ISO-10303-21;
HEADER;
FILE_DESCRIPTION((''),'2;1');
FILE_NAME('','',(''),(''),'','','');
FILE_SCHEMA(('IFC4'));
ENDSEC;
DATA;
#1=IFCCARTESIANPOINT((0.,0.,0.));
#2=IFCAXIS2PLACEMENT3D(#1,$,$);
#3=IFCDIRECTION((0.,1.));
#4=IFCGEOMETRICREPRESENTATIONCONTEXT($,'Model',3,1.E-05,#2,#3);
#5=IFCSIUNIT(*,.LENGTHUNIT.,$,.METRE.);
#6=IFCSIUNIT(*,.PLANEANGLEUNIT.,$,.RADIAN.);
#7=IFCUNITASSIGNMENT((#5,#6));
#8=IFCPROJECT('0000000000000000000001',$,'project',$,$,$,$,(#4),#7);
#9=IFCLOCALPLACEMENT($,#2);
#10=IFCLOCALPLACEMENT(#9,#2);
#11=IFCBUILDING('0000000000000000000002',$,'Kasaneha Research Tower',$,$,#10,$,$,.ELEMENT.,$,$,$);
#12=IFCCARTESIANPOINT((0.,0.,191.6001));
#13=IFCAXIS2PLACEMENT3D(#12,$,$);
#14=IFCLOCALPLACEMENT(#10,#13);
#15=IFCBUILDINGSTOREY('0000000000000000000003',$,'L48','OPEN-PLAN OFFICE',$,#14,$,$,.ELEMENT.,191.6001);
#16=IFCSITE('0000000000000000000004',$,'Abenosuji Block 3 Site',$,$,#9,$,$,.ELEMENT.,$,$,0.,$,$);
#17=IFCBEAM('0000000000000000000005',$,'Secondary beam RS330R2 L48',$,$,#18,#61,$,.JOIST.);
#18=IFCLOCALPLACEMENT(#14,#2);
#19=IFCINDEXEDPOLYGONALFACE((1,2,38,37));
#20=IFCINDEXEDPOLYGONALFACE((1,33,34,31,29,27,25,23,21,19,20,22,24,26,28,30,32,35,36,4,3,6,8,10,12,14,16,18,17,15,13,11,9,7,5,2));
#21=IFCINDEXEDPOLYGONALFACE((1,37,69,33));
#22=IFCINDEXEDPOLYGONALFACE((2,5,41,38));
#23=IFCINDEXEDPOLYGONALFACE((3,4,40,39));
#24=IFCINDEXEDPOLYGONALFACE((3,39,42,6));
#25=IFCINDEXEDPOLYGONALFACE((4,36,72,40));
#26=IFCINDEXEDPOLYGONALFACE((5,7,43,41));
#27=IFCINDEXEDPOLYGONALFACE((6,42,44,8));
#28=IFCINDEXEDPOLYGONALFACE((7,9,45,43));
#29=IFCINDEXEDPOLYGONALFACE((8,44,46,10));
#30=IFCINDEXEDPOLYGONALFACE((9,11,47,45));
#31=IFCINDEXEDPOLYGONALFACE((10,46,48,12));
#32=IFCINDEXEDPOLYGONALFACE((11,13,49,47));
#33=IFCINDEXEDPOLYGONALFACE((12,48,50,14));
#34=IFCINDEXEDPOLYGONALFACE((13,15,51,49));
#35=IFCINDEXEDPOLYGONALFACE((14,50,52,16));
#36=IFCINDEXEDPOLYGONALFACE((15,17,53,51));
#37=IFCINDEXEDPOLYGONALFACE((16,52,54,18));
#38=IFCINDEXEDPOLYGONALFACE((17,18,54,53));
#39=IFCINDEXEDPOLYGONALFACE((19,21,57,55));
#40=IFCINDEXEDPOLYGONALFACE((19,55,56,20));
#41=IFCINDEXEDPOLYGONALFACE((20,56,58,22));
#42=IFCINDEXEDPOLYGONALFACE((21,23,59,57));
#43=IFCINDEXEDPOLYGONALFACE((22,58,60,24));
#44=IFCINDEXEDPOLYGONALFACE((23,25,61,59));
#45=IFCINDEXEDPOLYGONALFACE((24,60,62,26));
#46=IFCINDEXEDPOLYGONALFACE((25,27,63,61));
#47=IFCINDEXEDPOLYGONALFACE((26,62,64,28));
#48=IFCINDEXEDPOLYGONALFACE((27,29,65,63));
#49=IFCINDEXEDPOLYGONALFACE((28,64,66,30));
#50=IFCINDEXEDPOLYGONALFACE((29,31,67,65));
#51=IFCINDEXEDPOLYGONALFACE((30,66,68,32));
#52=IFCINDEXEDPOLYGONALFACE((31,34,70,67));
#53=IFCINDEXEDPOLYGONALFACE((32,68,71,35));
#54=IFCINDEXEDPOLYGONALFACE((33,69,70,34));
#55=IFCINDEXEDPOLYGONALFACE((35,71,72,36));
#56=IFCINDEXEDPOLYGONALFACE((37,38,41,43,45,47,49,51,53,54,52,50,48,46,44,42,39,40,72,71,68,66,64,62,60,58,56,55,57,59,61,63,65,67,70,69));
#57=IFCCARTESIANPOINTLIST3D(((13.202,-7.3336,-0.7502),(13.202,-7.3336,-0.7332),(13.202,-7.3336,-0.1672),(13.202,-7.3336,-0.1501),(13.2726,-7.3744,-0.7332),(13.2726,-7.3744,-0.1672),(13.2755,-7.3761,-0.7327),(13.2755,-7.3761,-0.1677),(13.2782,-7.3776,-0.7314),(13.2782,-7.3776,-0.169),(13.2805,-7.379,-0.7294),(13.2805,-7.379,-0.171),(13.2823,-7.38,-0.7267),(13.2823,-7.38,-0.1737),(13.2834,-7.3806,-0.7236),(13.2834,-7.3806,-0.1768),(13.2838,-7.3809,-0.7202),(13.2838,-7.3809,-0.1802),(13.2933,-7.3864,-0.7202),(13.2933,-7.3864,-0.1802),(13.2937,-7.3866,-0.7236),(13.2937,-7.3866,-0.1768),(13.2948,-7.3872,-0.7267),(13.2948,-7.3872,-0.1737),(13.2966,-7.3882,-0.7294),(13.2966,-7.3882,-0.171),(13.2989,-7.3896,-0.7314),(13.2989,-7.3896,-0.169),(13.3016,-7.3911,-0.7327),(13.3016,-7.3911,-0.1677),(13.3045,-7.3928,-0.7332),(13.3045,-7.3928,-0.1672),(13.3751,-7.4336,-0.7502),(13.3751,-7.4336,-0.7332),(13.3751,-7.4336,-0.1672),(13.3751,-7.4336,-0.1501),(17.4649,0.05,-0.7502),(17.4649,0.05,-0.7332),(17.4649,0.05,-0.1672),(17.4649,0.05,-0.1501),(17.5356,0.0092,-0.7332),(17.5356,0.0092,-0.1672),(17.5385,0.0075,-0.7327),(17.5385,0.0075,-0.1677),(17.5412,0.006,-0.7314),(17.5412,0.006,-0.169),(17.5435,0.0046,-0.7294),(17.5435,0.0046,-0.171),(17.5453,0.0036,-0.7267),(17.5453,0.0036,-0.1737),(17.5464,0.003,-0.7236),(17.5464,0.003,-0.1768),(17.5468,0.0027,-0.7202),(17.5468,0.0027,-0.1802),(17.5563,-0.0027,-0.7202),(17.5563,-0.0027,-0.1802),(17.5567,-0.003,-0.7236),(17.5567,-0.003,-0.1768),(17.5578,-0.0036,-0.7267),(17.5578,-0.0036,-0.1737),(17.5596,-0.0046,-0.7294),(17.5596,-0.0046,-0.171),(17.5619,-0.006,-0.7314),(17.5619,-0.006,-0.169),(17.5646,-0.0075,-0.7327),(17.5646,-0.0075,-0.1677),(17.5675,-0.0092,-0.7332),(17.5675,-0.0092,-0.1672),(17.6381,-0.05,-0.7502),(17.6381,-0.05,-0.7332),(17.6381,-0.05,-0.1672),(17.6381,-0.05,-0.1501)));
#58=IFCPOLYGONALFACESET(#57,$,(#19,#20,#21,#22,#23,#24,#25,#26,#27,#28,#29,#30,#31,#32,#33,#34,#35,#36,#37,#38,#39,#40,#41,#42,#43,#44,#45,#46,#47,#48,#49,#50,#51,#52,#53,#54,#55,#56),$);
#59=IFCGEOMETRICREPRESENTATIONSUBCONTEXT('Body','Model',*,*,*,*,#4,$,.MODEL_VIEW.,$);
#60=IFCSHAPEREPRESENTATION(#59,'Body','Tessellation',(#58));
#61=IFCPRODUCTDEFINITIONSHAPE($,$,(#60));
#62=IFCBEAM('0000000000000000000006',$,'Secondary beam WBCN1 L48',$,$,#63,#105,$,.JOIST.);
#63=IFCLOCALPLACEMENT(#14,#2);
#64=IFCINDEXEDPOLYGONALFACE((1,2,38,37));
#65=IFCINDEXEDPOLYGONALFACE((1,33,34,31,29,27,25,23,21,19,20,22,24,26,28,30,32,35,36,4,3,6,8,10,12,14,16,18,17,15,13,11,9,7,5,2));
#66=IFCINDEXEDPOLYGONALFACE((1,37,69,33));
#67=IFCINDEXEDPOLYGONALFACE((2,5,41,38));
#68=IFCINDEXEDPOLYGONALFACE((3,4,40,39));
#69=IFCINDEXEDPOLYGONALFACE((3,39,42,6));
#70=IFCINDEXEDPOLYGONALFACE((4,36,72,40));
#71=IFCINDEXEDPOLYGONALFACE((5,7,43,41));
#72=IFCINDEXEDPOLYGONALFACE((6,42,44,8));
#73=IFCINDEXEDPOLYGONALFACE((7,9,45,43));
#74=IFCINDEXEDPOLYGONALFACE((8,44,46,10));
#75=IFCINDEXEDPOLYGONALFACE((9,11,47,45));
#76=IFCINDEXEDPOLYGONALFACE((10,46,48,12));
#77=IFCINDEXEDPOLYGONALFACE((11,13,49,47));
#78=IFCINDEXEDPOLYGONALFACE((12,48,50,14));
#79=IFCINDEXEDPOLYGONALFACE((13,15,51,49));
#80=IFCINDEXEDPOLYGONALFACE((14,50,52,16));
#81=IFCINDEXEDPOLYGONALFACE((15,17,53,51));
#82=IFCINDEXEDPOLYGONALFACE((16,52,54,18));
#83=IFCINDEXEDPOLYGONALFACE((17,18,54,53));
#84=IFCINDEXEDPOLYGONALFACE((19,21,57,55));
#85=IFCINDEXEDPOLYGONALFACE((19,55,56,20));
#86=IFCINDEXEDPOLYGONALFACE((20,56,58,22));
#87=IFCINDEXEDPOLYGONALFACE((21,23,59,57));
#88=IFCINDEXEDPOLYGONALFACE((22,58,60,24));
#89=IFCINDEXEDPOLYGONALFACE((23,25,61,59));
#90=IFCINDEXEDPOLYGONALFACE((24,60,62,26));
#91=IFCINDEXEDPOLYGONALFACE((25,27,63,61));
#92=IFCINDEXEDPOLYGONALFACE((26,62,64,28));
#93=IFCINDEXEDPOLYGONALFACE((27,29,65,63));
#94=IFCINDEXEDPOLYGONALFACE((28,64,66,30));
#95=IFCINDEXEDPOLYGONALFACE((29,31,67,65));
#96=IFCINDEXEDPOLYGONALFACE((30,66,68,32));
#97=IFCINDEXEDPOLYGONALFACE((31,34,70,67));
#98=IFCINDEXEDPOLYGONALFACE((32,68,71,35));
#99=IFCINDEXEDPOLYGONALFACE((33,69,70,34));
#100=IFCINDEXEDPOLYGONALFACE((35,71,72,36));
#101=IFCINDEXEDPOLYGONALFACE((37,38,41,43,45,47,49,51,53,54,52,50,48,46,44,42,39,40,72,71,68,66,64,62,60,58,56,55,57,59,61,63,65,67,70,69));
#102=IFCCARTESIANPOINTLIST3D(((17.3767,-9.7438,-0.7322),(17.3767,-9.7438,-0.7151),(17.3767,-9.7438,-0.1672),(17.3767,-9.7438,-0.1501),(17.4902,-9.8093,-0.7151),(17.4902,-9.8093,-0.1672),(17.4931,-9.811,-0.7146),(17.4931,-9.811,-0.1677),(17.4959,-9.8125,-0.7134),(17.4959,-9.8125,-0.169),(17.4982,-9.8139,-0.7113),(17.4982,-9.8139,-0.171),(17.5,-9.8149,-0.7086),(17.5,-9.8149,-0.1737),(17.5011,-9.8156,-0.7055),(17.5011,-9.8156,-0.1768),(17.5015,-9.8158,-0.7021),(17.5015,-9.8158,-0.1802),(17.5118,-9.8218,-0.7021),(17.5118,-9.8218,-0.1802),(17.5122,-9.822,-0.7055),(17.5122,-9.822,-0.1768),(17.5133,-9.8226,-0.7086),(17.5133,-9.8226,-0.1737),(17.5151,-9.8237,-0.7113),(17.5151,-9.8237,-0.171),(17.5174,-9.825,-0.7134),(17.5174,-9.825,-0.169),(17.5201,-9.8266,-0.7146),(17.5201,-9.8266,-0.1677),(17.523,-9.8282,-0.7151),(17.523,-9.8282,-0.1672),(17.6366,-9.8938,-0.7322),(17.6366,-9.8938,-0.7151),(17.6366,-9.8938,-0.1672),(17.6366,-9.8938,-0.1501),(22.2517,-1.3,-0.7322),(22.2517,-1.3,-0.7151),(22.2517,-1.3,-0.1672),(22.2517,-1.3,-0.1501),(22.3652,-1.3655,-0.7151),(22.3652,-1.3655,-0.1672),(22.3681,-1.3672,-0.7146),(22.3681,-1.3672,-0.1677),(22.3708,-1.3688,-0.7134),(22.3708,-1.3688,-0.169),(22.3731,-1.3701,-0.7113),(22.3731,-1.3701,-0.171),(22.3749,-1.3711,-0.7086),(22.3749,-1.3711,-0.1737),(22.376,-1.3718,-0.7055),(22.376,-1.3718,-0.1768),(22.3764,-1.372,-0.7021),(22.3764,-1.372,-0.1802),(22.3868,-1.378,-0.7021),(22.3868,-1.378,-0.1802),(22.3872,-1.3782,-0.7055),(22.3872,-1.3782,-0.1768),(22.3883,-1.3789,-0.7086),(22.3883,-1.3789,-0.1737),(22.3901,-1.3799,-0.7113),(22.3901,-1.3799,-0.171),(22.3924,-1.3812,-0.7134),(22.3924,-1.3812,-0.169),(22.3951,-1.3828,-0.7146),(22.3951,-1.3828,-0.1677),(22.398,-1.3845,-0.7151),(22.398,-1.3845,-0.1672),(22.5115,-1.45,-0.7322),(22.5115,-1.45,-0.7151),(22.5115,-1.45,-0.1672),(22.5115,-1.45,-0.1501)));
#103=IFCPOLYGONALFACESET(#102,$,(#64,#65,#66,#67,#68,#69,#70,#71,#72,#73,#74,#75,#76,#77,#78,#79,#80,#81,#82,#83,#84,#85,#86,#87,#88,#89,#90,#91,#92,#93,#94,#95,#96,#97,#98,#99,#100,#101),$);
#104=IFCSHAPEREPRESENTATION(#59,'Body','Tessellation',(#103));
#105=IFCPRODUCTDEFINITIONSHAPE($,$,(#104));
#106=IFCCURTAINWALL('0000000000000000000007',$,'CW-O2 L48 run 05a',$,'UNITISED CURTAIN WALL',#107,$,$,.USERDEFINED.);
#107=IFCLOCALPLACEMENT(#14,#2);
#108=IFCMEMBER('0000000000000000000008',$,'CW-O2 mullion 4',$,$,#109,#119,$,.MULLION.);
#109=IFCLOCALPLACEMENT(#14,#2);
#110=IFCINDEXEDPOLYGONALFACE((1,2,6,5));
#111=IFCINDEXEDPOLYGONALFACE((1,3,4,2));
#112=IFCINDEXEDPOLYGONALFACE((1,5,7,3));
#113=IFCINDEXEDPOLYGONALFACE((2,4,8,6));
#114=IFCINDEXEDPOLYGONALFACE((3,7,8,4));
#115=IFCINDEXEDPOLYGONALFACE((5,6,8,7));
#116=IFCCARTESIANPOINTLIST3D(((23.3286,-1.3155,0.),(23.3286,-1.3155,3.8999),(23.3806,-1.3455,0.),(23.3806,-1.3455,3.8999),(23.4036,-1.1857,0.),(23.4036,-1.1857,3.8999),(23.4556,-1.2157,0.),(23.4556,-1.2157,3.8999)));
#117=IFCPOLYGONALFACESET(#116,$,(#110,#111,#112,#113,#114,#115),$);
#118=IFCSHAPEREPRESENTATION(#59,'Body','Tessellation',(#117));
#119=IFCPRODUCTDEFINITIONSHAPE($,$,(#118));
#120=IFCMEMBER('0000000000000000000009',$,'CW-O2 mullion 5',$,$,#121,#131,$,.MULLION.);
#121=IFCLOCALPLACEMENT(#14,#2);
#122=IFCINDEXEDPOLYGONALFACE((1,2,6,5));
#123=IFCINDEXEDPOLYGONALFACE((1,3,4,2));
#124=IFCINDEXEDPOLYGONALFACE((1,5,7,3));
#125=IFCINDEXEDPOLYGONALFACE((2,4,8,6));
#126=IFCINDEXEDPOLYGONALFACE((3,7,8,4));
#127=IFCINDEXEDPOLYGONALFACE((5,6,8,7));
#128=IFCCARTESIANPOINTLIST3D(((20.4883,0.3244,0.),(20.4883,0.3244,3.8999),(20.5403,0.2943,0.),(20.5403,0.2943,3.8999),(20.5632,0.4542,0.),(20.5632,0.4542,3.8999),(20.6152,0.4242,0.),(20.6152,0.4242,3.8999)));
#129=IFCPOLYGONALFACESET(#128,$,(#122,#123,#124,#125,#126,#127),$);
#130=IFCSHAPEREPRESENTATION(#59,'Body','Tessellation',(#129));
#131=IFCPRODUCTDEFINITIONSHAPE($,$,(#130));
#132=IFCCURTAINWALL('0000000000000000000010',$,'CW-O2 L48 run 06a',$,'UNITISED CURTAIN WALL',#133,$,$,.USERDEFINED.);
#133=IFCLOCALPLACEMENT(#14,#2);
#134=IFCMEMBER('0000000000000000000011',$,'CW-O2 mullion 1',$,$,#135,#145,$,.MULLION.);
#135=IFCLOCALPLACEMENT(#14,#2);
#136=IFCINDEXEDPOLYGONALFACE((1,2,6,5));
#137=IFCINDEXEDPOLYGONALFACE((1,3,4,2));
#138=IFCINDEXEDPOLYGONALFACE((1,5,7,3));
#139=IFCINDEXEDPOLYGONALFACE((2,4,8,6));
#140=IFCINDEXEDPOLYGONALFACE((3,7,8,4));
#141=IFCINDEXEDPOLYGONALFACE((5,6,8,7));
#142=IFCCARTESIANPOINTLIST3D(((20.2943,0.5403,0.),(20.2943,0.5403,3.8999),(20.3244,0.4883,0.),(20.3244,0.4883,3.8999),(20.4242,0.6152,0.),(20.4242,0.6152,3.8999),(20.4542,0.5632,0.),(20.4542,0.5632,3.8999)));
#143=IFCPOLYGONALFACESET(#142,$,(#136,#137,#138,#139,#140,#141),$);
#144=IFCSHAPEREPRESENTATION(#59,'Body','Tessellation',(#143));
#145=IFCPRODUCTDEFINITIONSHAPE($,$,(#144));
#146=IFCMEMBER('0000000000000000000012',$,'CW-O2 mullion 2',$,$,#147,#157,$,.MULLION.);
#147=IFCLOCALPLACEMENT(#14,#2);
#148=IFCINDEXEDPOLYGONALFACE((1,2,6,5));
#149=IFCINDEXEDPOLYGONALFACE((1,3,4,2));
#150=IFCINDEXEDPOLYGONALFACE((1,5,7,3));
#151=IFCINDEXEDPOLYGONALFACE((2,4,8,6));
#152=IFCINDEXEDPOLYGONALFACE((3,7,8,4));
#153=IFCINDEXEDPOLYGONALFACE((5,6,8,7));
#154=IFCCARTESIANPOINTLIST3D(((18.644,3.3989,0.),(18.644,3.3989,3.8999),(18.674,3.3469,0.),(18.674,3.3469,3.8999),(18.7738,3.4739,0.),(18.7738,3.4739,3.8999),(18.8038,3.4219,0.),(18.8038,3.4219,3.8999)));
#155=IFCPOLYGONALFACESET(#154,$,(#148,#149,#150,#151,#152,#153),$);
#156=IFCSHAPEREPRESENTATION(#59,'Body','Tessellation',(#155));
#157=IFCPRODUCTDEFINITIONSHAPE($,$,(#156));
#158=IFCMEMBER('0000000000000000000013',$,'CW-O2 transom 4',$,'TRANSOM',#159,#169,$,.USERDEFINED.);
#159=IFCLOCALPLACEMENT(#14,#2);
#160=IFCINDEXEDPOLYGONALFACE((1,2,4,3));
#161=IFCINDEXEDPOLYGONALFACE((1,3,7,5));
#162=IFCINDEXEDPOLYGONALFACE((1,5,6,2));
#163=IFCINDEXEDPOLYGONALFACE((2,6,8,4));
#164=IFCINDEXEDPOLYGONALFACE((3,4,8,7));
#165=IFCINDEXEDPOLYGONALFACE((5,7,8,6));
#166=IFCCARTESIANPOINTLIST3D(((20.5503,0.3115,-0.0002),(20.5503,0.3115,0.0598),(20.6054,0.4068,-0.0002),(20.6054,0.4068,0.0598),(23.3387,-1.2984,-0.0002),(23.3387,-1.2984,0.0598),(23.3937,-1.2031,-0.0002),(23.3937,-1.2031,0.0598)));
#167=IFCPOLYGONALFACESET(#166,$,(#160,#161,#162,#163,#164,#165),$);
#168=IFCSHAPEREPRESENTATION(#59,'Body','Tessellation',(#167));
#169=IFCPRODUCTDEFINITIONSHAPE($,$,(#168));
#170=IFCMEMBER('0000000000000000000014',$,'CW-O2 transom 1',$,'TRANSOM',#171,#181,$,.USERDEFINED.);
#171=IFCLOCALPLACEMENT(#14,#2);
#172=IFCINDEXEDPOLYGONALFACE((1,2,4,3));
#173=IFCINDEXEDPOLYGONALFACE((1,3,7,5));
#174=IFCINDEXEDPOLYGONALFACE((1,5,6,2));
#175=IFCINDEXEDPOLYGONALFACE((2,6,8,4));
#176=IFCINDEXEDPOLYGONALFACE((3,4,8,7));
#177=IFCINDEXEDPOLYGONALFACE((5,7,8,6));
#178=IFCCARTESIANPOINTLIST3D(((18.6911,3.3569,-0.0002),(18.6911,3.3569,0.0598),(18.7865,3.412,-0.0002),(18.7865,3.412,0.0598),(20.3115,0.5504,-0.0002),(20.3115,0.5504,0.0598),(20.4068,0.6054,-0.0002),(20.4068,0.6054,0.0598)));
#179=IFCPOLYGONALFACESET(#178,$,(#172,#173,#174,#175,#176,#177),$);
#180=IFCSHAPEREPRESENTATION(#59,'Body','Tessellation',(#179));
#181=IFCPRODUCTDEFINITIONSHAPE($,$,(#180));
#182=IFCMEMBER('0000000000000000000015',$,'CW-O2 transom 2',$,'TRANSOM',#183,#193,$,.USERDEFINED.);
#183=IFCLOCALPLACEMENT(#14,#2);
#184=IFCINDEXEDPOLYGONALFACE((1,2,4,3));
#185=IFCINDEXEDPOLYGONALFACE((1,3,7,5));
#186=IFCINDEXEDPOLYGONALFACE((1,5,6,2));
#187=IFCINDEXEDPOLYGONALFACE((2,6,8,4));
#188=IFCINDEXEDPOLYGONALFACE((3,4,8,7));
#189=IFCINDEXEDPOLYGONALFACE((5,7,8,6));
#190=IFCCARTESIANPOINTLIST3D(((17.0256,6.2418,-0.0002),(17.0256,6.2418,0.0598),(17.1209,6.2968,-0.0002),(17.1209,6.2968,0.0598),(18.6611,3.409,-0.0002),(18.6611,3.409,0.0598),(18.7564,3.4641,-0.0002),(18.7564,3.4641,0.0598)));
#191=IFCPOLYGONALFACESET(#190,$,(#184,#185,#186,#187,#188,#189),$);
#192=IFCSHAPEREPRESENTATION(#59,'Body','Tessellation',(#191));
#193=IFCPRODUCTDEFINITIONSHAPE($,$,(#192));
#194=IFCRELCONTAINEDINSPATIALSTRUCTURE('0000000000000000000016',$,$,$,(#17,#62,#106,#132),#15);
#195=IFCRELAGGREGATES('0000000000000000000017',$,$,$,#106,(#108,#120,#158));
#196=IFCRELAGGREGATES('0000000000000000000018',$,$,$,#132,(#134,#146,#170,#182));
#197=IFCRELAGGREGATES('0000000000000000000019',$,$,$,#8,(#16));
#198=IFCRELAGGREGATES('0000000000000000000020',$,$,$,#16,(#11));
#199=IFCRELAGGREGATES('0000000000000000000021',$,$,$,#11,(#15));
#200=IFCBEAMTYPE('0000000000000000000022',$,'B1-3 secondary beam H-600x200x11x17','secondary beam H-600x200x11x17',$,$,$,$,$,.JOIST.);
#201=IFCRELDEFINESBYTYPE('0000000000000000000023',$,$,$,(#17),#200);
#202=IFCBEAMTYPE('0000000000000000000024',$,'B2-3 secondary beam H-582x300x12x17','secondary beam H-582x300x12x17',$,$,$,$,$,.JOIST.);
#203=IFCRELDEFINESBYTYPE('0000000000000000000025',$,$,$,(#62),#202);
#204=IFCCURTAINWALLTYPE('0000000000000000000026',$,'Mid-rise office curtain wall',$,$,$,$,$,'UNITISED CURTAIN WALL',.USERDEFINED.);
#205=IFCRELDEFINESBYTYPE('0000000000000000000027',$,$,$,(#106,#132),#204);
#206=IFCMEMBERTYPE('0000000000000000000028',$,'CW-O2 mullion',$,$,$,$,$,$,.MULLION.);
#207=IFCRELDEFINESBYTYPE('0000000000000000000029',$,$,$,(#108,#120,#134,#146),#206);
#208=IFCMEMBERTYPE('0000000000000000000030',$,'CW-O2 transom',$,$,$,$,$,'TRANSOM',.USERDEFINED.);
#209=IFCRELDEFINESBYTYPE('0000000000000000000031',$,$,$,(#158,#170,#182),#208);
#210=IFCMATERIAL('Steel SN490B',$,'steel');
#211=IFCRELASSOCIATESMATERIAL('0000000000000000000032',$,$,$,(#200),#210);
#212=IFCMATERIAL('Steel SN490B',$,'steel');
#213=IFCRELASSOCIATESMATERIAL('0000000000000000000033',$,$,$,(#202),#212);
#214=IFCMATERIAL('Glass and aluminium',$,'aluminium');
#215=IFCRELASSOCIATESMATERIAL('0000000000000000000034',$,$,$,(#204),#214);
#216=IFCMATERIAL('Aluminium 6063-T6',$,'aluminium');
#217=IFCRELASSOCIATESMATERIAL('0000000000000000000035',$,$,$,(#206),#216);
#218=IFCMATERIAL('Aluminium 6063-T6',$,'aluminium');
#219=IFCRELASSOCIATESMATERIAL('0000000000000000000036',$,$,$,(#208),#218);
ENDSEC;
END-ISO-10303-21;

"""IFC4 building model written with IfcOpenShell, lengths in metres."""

from ifc_helpers import new_model, si_unit, direction, frame, origin, origin_2d, place, context, subcontext, project, spatial, rectangle, i_section, extrude, material, material_profile, profile_set, type_object, element, aggregate, save


model = new_model("IFC4")

# Units and contexts
model_context = context("Model", 3, precision=1e-05, world=origin(), true_north=direction((0.0, 1.0)))
body_context = subcontext(model_context, "Body", "Model", "MODEL_VIEW")
ifc_project = project(units=[si_unit("LENGTHUNIT", "METRE"), si_unit("PLANEANGLEUNIT", "RADIAN")], contexts=[model_context])

# Site, building, storey
site_placement = place(None, origin())
site = spatial("IfcSite", under=ifc_project, at=site_placement, Name="Abenosuji Block 3 Site", CompositionType="ELEMENT", RefElevation=0.0)
building_placement = place(site_placement, origin())
building = spatial("IfcBuilding", under=site, at=building_placement, Name="Kasaneha Research Tower", CompositionType="ELEMENT")
storey_placement = place(building_placement, frame((0.0, 0.0, 191.6001)))
storey = spatial("IfcBuildingStorey", under=building, at=storey_placement, Name="L48", Description="OPEN-PLAN OFFICE", CompositionType="ELEMENT", Elevation=191.6001)

# Beams
ifc_material_1 = material(Name="Steel SN490B", Category="steel")
ifc_material_profile_1 = material_profile(ifc_material_1, i_section(OverallWidth=0.2, OverallDepth=0.6001, WebThickness=0.011, FlangeThickness=0.0171, FilletRadius=0.0129, at=origin_2d()), Name="H-600x200x11x17")
ifc_profile_set_1 = profile_set([ifc_material_profile_1], Name="Steel SN490B")
beam_type_1 = type_object("IfcBeamType", Name="B1-3 secondary beam H-600x200x11x17", Description="secondary beam H-600x200x11x17", PredefinedType="JOIST", material=ifc_profile_set_1)
beam_1_placement = place(storey_placement, frame((17.5515, 0.0, -0.4502), z_axis=(-0.500004, -0.866023, 0.0), x_axis=(0.866023, -0.500004, 0.0)))
element("IfcBeam", 1, at=beam_1_placement, inside=storey, type_object=beam_type_1, Name="Secondary beam RS330R2 L48", PredefinedType="JOIST", context=body_context, shape_type="SweptSolid", body=[
    extrude(i_section(OverallWidth=0.2, OverallDepth=0.6001, WebThickness=0.011, FlangeThickness=0.0171, FilletRadius=0.0129, at=origin_2d()), origin(), (0.0, 0.0, 1.0), 8.5259),
])
ifc_material_2 = material(Name="Steel SN490B", Category="steel")
ifc_material_profile_2 = material_profile(ifc_material_2, i_section(OverallWidth=0.3, OverallDepth=0.582, WebThickness=0.012, FlangeThickness=0.0171, FilletRadius=0.0129, at=origin_2d()), Name="H-582x300x12x17")
ifc_profile_set_2 = profile_set([ifc_material_profile_2], Name="Steel SN490B")
beam_type_2 = type_object("IfcBeamType", Name="B2-3 secondary beam H-582x300x12x17", Description="secondary beam H-582x300x12x17", PredefinedType="JOIST", material=ifc_profile_set_2)
beam_2_placement = place(storey_placement, frame((22.3816, -1.375, -0.4412), z_axis=(-0.499996, -0.866028, 0.0), x_axis=(0.866028, -0.499996, 0.0)))
element("IfcBeam", 2, at=beam_2_placement, inside=storey, type_object=beam_type_2, Name="Secondary beam WBCN1 L48", PredefinedType="JOIST", context=body_context, shape_type="SweptSolid", body=[
    extrude(i_section(OverallWidth=0.3, OverallDepth=0.582, WebThickness=0.012, FlangeThickness=0.0171, FilletRadius=0.0129, at=origin_2d()), origin(), (0.0, 0.0, 1.0), 9.75),
])

# Curtain walls, members
ifc_material_3 = material(Name="Glass and aluminium", Category="aluminium")
curtain_wall_type = type_object("IfcCurtainWallType", Name="Mid-rise office curtain wall", ElementType="UNITISED CURTAIN WALL", PredefinedType="USERDEFINED", material=ifc_material_3)
curtain_wall_1_placement = place(storey_placement, origin())
curtain_wall_1 = element("IfcCurtainWall", 3, at=curtain_wall_1_placement, inside=storey, type_object=curtain_wall_type, Name="CW-O2 L48 run 05a", ObjectType="UNITISED CURTAIN WALL", PredefinedType="USERDEFINED")
ifc_material_4 = material(Name="Aluminium 6063-T6", Category="aluminium")
ifc_material_profile_3 = material_profile(ifc_material_4, rectangle(XDim=0.0601, YDim=0.1499, at=origin_2d()), Name="CW-O2 mullion 60x150")
ifc_profile_set_3 = profile_set([ifc_material_profile_3], Name="Aluminium 6063-T6")
member_type_1 = type_object("IfcMemberType", Name="CW-O2 mullion", PredefinedType="MULLION", material=ifc_profile_set_3)
member_1_placement = place(storey_placement, frame((23.3921, -1.2656, 0.0), z_axis=(0.0, 0.0, 1.0), x_axis=(-0.866025, 0.5, 0.0)))
member_1 = element("IfcMember", 4, at=member_1_placement, type_object=member_type_1, Name="CW-O2 mullion 4", PredefinedType="MULLION", context=body_context, shape_type="SweptSolid", body=[
    extrude(rectangle(XDim=0.0601, YDim=0.1499, at=origin_2d()), origin(), (0.0, 0.0, 1.0), 3.8999),
])
member_2_placement = place(storey_placement, frame((20.5518, 0.3743, 0.0), z_axis=(0.0, 0.0, 1.0), x_axis=(-0.866025, 0.5, 0.0)))
member_2 = element("IfcMember", 5, at=member_2_placement, type_object=member_type_1, Name="CW-O2 mullion 5", PredefinedType="MULLION", context=body_context, shape_type="SweptSolid", body=[
    extrude(rectangle(XDim=0.0601, YDim=0.1499, at=origin_2d()), origin(), (0.0, 0.0, 1.0), 3.8999),
])
curtain_wall_2_placement = place(storey_placement, origin())
curtain_wall_2 = element("IfcCurtainWall", 6, at=curtain_wall_2_placement, inside=storey, type_object=curtain_wall_type, Name="CW-O2 L48 run 06a", ObjectType="UNITISED CURTAIN WALL", PredefinedType="USERDEFINED")
member_3_placement = place(storey_placement, frame((20.3743, 0.5518, 0.0), z_axis=(0.0, 0.0, 1.0), x_axis=(-0.5, 0.866025, 0.0)))
member_3 = element("IfcMember", 7, at=member_3_placement, type_object=member_type_1, Name="CW-O2 mullion 1", PredefinedType="MULLION", context=body_context, shape_type="SweptSolid", body=[
    extrude(rectangle(XDim=0.0601, YDim=0.1499, at=origin_2d()), origin(), (0.0, 0.0, 1.0), 3.8999),
])
member_4_placement = place(storey_placement, frame((18.7239, 3.4104, 0.0), z_axis=(0.0, 0.0, 1.0), x_axis=(-0.5, 0.866025, 0.0)))
member_4 = element("IfcMember", 8, at=member_4_placement, type_object=member_type_1, Name="CW-O2 mullion 2", PredefinedType="MULLION", context=body_context, shape_type="SweptSolid", body=[
    extrude(rectangle(XDim=0.0601, YDim=0.1499, at=origin_2d()), origin(), (0.0, 0.0, 1.0), 3.8999),
])

# Members
ifc_material_5 = material(Name="Aluminium 6063-T6", Category="aluminium")
ifc_material_profile_4 = material_profile(ifc_material_5, rectangle(XDim=0.1101, YDim=0.0601, at=origin_2d()), Name="CW-O2 transom 110x60")
ifc_profile_set_4 = profile_set([ifc_material_profile_4], Name="Aluminium 6063-T6")
member_type_2 = type_object("IfcMemberType", Name="CW-O2 transom", ElementType="TRANSOM", PredefinedType="USERDEFINED", material=ifc_profile_set_4)
member_5_placement = place(storey_placement, frame((23.3662, -1.2507, 0.0298), z_axis=(-0.866023, 0.500005, 0.0), x_axis=(-0.500005, -0.866023, 0.0)))
member_5 = element("IfcMember", 9, at=member_5_placement, type_object=member_type_2, Name="CW-O2 transom 4", ObjectType="TRANSOM", PredefinedType="USERDEFINED", context=body_context, shape_type="SweptSolid", body=[
    extrude(rectangle(XDim=0.1101, YDim=0.0601, at=origin_2d()), origin(), (0.0, 0.0, 1.0), 3.2197),
])
member_6_placement = place(storey_placement, frame((20.3591, 0.5779, 0.0298), z_axis=(-0.499988, 0.866033, 0.0), x_axis=(-0.866033, -0.499988, 0.0)))
member_6 = element("IfcMember", 10, at=member_6_placement, type_object=member_type_2, Name="CW-O2 transom 1", ObjectType="TRANSOM", PredefinedType="USERDEFINED", context=body_context, shape_type="SweptSolid", body=[
    extrude(rectangle(XDim=0.1101, YDim=0.0601, at=origin_2d()), origin(), (0.0, 0.0, 1.0), 3.2407),
])
member_7_placement = place(storey_placement, frame((18.7087, 3.4365, 0.0298), z_axis=(-0.5, 0.866025, 0.0), x_axis=(-0.866025, -0.5, 0.0)))
member_7 = element("IfcMember", 11, at=member_7_placement, type_object=member_type_2, Name="CW-O2 transom 2", ObjectType="TRANSOM", PredefinedType="USERDEFINED", context=body_context, shape_type="SweptSolid", body=[
    extrude(rectangle(XDim=0.1101, YDim=0.0601, at=origin_2d()), origin(), (0.0, 0.0, 1.0), 3.271),
])

aggregate(curtain_wall_1, [member_1, member_2, member_5])
aggregate(curtain_wall_2, [member_3, member_4, member_6, member_7])

save(model, "model.ifc")
